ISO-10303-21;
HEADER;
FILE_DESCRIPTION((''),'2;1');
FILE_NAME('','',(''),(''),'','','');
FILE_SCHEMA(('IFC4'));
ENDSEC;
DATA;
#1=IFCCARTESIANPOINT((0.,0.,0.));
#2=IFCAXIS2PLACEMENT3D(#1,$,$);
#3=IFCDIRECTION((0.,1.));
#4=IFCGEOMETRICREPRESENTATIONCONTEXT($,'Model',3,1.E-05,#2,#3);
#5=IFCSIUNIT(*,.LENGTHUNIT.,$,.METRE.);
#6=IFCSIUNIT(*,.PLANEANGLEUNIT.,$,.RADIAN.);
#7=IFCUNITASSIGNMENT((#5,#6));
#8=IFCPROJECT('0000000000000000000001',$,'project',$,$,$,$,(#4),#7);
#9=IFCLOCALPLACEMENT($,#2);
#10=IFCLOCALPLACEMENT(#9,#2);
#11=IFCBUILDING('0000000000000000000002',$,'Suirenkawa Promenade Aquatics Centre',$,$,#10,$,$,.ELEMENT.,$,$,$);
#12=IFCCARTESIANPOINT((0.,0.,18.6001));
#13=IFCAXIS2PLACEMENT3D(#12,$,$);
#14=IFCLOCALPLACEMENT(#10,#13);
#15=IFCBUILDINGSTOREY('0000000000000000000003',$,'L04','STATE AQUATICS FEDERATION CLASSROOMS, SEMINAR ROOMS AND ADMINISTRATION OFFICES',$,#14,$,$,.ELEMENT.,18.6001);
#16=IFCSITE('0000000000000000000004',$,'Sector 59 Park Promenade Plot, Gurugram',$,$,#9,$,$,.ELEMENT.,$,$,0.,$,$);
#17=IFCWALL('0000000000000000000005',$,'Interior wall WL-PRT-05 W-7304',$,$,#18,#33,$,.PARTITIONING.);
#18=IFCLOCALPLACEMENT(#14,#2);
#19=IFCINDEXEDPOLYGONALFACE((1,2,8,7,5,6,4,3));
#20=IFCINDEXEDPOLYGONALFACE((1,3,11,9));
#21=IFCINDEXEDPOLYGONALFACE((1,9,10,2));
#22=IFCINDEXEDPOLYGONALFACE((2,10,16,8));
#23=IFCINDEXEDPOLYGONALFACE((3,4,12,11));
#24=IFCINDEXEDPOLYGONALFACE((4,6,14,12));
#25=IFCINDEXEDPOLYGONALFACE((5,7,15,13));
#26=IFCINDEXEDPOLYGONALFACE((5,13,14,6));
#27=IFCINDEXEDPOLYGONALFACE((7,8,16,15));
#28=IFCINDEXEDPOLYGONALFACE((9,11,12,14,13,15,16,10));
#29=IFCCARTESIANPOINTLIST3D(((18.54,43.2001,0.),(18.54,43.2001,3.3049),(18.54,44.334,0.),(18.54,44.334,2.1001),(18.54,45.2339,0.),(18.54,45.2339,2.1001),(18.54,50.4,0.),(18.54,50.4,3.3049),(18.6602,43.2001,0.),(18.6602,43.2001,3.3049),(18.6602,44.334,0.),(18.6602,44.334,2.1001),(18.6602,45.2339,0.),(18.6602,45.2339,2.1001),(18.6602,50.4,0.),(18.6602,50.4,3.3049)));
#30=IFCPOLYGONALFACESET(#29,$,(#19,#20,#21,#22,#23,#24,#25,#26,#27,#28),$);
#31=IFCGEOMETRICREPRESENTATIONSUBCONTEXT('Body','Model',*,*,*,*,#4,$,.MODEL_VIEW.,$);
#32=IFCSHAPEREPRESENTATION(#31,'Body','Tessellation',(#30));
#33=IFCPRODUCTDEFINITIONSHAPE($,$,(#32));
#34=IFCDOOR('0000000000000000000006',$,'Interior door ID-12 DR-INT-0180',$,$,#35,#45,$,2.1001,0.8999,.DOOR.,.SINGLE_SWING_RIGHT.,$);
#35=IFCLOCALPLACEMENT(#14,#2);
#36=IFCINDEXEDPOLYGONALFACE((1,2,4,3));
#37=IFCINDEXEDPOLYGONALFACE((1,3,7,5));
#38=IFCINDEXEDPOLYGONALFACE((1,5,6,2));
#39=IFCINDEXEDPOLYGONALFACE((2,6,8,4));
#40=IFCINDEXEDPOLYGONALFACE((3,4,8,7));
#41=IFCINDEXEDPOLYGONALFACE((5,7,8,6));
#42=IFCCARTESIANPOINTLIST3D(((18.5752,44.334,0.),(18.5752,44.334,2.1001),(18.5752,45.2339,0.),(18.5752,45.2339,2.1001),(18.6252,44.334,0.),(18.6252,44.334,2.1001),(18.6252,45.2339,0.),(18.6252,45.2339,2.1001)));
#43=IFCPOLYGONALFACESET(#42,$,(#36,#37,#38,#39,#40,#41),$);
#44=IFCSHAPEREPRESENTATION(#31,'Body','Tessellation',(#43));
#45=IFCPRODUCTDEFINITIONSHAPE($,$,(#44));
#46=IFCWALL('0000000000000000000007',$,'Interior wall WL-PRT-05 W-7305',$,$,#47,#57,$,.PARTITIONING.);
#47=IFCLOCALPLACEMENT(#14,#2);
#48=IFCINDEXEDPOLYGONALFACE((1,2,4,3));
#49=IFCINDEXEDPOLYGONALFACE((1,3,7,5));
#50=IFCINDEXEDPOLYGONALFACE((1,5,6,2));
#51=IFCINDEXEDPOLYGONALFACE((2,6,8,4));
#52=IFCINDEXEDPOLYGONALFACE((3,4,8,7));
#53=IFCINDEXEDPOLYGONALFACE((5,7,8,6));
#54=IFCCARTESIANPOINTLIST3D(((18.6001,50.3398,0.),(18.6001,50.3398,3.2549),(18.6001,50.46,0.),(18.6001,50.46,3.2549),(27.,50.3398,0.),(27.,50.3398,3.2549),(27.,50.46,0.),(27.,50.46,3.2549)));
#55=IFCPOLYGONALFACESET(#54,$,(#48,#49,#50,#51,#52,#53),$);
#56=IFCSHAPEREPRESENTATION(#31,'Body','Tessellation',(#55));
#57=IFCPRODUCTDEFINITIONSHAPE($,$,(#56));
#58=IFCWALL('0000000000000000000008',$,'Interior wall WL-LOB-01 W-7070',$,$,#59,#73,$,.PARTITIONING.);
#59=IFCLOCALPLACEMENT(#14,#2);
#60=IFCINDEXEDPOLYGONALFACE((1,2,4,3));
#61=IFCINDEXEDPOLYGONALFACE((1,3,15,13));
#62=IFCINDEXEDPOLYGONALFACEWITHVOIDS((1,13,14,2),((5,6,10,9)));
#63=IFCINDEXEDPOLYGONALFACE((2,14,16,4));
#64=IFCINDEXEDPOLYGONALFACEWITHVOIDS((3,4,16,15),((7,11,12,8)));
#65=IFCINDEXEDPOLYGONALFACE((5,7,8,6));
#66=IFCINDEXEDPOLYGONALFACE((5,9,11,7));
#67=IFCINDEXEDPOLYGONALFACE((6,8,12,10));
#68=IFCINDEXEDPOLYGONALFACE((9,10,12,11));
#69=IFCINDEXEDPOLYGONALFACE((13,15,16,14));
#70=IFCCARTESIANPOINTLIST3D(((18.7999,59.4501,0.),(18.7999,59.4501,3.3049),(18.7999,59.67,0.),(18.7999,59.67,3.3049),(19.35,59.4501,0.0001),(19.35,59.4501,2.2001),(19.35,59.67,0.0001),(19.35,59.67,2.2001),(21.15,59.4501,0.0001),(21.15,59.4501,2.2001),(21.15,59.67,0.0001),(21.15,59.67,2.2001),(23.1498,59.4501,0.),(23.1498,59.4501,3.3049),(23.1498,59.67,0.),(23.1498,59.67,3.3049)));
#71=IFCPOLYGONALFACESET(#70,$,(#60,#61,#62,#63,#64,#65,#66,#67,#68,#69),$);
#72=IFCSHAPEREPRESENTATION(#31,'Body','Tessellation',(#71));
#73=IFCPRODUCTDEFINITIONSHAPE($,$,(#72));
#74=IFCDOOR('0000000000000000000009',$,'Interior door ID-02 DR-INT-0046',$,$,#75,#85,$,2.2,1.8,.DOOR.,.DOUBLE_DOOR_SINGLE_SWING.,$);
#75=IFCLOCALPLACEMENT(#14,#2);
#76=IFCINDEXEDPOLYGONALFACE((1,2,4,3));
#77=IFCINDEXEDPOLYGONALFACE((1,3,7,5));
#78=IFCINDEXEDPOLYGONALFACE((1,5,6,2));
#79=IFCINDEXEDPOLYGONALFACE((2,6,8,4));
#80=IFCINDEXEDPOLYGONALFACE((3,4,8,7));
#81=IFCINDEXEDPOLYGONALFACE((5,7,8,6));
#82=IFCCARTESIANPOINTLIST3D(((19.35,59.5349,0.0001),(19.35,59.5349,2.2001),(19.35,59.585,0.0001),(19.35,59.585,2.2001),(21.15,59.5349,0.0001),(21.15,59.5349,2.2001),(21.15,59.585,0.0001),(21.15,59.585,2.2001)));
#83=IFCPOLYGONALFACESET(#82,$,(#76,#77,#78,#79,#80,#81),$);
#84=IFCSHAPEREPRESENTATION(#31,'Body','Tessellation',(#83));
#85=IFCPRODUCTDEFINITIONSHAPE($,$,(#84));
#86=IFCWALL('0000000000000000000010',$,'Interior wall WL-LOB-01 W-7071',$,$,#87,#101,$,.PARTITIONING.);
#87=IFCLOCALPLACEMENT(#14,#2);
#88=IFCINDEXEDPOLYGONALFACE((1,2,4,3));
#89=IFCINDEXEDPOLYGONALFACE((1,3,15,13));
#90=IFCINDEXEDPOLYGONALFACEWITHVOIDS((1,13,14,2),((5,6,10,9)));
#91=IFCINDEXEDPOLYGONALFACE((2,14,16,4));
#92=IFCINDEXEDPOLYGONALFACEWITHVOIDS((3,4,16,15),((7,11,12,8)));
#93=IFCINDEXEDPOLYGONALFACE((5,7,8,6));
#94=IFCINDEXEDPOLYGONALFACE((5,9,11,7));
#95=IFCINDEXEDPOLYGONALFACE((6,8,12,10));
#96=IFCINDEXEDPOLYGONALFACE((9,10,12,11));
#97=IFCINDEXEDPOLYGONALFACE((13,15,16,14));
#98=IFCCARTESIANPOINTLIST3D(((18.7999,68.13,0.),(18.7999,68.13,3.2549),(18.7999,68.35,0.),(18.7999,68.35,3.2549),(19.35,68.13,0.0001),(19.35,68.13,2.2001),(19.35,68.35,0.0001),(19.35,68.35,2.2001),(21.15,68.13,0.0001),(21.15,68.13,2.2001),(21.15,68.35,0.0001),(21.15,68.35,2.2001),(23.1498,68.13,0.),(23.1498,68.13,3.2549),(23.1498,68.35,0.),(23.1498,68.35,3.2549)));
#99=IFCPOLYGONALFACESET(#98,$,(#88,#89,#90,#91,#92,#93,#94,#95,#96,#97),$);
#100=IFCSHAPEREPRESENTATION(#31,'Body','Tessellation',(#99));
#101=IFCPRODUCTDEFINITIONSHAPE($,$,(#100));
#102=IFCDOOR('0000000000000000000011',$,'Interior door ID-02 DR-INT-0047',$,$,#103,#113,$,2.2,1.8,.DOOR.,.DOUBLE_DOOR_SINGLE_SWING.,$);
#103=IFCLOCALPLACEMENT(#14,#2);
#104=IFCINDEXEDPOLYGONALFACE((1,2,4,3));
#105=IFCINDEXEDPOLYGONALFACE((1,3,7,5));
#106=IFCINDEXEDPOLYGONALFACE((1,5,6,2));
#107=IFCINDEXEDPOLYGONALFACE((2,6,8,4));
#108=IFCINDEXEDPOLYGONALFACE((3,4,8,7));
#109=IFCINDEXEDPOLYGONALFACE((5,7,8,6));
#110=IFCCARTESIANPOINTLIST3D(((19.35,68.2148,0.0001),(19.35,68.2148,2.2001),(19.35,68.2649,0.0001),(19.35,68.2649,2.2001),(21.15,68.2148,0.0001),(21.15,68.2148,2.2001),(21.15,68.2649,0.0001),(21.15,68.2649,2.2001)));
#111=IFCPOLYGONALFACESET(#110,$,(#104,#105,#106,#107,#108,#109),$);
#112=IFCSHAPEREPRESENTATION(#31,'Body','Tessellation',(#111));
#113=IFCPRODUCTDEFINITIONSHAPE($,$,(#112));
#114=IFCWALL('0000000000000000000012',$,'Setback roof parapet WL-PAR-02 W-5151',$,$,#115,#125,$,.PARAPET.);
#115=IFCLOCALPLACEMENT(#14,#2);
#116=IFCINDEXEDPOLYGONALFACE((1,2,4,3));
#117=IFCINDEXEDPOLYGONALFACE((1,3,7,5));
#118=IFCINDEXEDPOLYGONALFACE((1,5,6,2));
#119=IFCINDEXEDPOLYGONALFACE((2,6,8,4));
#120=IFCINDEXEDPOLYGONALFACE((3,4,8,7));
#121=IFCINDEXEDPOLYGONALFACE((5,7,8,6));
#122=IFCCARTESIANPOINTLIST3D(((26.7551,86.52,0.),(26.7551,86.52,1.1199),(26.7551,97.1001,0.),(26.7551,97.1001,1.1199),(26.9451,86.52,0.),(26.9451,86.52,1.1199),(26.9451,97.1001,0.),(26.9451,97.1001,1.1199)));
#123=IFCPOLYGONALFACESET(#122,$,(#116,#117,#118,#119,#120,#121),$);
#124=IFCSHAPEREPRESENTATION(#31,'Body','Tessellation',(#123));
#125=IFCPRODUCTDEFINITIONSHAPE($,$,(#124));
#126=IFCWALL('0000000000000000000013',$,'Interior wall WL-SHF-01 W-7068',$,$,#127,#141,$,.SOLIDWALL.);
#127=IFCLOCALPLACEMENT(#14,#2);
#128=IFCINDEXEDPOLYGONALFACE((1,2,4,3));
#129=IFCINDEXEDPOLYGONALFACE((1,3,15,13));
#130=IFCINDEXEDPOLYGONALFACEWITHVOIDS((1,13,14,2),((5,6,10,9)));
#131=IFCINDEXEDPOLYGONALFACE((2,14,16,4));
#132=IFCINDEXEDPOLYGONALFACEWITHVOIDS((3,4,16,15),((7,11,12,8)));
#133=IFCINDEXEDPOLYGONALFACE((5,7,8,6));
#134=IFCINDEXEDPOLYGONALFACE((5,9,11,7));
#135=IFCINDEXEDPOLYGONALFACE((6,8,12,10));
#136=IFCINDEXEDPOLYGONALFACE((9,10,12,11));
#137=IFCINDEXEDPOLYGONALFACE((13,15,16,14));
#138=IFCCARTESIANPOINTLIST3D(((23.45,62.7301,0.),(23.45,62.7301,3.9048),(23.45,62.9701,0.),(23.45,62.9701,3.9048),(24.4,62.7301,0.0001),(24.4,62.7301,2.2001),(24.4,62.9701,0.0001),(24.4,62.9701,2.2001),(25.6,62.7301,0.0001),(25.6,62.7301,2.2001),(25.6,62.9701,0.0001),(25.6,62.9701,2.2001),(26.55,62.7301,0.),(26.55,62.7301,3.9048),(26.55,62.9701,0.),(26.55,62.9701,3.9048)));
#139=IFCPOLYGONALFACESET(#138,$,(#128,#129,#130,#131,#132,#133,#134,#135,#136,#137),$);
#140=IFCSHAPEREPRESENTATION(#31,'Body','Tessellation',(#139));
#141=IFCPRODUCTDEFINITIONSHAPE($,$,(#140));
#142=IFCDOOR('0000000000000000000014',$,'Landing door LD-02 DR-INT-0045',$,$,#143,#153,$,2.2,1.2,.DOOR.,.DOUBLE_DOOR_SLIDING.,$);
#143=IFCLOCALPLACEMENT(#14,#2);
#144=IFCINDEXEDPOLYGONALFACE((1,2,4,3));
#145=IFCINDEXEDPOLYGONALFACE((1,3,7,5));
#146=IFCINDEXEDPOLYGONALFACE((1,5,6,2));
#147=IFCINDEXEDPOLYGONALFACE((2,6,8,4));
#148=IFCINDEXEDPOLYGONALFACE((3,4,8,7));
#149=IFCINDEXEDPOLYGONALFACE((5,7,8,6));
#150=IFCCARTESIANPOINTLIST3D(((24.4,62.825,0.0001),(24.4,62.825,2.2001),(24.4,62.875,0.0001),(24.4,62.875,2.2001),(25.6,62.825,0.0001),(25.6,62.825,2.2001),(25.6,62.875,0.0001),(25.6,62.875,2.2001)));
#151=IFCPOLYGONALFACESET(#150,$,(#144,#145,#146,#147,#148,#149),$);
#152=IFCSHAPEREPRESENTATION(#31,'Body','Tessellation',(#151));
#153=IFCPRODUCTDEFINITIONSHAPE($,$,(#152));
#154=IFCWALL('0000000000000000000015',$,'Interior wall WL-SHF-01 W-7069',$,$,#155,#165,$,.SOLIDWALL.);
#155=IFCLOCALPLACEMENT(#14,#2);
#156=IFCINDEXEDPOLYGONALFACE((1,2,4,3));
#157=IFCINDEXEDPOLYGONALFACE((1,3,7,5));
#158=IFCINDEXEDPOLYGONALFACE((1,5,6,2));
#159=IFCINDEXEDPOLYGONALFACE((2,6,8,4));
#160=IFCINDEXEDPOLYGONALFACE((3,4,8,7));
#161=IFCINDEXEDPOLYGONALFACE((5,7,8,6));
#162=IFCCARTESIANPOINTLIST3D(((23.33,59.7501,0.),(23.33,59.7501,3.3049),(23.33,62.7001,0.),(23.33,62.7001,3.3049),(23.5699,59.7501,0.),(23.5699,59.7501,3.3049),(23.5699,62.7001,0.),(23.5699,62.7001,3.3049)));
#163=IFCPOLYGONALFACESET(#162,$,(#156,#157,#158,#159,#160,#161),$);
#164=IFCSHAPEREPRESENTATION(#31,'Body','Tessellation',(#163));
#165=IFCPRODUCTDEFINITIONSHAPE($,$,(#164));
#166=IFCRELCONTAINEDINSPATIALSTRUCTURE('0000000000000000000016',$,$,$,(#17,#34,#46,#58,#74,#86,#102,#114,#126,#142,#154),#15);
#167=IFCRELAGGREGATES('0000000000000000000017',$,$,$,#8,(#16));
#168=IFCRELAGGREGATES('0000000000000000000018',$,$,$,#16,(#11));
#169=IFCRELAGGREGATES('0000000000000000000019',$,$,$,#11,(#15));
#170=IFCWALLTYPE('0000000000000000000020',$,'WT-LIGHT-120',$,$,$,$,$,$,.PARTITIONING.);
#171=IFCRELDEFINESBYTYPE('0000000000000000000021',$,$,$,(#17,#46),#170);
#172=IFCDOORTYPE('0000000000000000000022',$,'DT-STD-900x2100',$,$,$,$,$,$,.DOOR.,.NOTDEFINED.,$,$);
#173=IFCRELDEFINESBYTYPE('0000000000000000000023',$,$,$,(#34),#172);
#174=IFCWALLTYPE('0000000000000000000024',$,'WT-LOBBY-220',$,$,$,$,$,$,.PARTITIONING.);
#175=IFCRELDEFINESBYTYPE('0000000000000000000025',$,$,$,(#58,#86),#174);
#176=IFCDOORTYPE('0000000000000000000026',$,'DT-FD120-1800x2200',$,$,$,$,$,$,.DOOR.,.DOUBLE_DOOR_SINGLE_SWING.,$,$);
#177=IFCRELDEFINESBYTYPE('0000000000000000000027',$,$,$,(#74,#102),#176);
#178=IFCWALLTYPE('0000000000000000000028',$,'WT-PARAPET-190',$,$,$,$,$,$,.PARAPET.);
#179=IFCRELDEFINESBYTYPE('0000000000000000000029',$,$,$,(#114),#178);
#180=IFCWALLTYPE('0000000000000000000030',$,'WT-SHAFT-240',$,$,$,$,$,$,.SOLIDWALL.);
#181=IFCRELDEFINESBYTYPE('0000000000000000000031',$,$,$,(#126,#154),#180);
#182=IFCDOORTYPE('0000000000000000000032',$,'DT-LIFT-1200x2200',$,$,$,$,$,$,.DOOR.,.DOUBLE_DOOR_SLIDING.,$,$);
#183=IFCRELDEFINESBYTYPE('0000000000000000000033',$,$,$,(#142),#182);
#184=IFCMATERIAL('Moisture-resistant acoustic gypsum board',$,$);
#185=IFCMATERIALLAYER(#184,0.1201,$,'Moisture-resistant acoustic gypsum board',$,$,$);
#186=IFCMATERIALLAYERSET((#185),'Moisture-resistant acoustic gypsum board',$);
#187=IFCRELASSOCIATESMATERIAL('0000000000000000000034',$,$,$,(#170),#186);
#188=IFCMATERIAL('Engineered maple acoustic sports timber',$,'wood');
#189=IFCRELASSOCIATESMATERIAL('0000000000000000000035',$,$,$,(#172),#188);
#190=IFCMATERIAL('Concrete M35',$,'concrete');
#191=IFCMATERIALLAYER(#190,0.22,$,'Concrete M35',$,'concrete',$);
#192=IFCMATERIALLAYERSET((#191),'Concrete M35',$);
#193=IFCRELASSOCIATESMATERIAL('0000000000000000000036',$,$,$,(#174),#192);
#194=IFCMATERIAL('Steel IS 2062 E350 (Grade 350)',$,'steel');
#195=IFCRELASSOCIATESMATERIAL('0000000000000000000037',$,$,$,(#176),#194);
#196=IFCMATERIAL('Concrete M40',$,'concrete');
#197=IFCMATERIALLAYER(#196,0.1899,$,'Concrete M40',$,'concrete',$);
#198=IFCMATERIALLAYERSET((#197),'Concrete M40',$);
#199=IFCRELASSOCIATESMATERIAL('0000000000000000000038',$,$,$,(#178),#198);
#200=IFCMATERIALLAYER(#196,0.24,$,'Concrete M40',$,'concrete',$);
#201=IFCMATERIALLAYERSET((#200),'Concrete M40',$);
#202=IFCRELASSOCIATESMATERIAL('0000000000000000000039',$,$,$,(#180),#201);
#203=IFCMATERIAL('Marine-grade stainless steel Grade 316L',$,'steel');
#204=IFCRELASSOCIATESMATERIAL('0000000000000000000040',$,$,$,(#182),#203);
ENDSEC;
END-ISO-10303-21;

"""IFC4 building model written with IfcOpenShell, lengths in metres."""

from ifc_helpers import new_model, si_unit, direction, frame, frame_2d, origin, place, context, subcontext, project, spatial, rectangle, extrude, material, layer, layer_set, type_object, element, fill, save


model = new_model("IFC4")

# Units and contexts
model_context = context("Model", 3, precision=1e-05, world=origin(), true_north=direction((0.0, 1.0)))
body_context = subcontext(model_context, "Body", "Model", "MODEL_VIEW")
ifc_project = project(units=[si_unit("LENGTHUNIT", "METRE"), si_unit("PLANEANGLEUNIT", "RADIAN")], contexts=[model_context])

# Site, building, storey
site_placement = place(None, origin())
site = spatial("IfcSite", under=ifc_project, at=site_placement, Name="Sector 59 Park Promenade Plot, Gurugram", CompositionType="ELEMENT", RefElevation=0.0)
building_placement = place(site_placement, origin())
building = spatial("IfcBuilding", under=site, at=building_placement, Name="Suirenkawa Promenade Aquatics Centre", CompositionType="ELEMENT")
storey_placement = place(building_placement, frame((0.0, 0.0, 18.6001)))
storey = spatial("IfcBuildingStorey", under=building, at=storey_placement, Name="L04", Description="STATE AQUATICS FEDERATION CLASSROOMS, SEMINAR ROOMS AND ADMINISTRATION OFFICES", CompositionType="ELEMENT", Elevation=18.6001)

# Shared definitions
ifc_material_1 = material(Name="Concrete M40", Category="concrete")

# Shared definitions
ifc_material_2 = material(Name="Concrete M35", Category="concrete")

# Shared definitions
ifc_material_3 = material(Name="Engineered maple acoustic sports timber", Category="wood")

# Wall, opening, door
ifc_material_4 = material(Name="Moisture-resistant acoustic gypsum board")
ifc_layer_1 = layer(ifc_material_4, 0.1201, Name="Moisture-resistant acoustic gypsum board")
ifc_layer_set_1 = layer_set([ifc_layer_1], Name="Moisture-resistant acoustic gypsum board")
wall_type_1 = type_object("IfcWallType", Name="WT-LIGHT-120", PredefinedType="PARTITIONING", material=ifc_layer_set_1)
wall_1_placement = place(storey_placement, frame((18.6001, 43.2, 0.0), z_axis=(0.0, 0.0, 1.0), x_axis=(0.0, 1.0, 0.0)))
wall_1 = element("IfcWall", 1, at=wall_1_placement, inside=storey, type_object=wall_type_1, Name="Interior wall WL-PRT-05 W-7304", PredefinedType="PARTITIONING", context=body_context, shape_type="SweptSolid", body=[
    extrude(rectangle(XDim=7.2, YDim=0.1201, at=frame_2d((3.6001, 0.0))), origin(), (0.0, 0.0, 1.0), 3.3049),
])
opening_1_placement = place(wall_1_placement, frame((1.134, 0.0, 0.0)))
opening_1 = element("IfcOpeningElement", 2, at=opening_1_placement, cuts=wall_1, PredefinedType="OPENING", context=body_context, shape_type="SweptSolid", body=[
    extrude(rectangle(XDim=0.8999, YDim=2.1001, at=frame_2d((0.45, 1.05))), frame((0.0, 0.0701, 0.0), z_axis=(0.0, -1.0, 0.0), x_axis=(1.0, 0.0, 0.0)), (0.0, 0.0, 1.0), 0.1401),
])
door_type_1 = type_object("IfcDoorType", Name="DT-STD-900x2100", OperationType="NOTDEFINED", PredefinedType="DOOR", material=ifc_material_3)
door_1_placement = place(opening_1_placement, origin())
door_1 = element("IfcDoor", 3, at=door_1_placement, inside=storey, type_object=door_type_1, Name="Interior door ID-12 DR-INT-0180", OperationType="SINGLE_SWING_RIGHT", OverallHeight=2.1001, OverallWidth=0.8999, PredefinedType="DOOR", context=body_context, shape_type="SweptSolid", body=[
    extrude(rectangle(XDim=0.8999, YDim=2.1001, at=frame_2d((0.45, 1.05))), frame((0.0, 0.0249, 0.0), z_axis=(0.0, -1.0, 0.0), x_axis=(1.0, 0.0, 0.0)), (0.0, 0.0, 1.0), 0.05),
])
fill(opening_1, door_1)

# Wall
wall_2_placement = place(storey_placement, frame((18.6001, 50.3999, 0.0), z_axis=(0.0, 0.0, 1.0), x_axis=(1.0, 0.0, 0.0)))
element("IfcWall", 4, at=wall_2_placement, inside=storey, type_object=wall_type_1, Name="Interior wall WL-PRT-05 W-7305", PredefinedType="PARTITIONING", context=body_context, shape_type="SweptSolid", body=[
    extrude(rectangle(XDim=8.3999, YDim=0.1201, at=frame_2d((4.2, 0.0))), origin(), (0.0, 0.0, 1.0), 3.2549),
])

# Walls, openings, doors
ifc_layer_2 = layer(ifc_material_2, 0.22, Name="Concrete M35", Category="concrete")
ifc_layer_set_2 = layer_set([ifc_layer_2], Name="Concrete M35")
wall_type_2 = type_object("IfcWallType", Name="WT-LOBBY-220", PredefinedType="PARTITIONING", material=ifc_layer_set_2)
wall_3_placement = place(storey_placement, frame((18.8, 59.5601, 0.0), z_axis=(0.0, 0.0, 1.0), x_axis=(1.0, 0.0, 0.0)))
wall_3 = element("IfcWall", 5, at=wall_3_placement, inside=storey, type_object=wall_type_2, Name="Interior wall WL-LOB-01 W-7070", PredefinedType="PARTITIONING", context=body_context, shape_type="SweptSolid", body=[
    extrude(rectangle(XDim=4.3499, YDim=0.22, at=frame_2d((2.1748, 0.0))), origin(), (0.0, 0.0, 1.0), 3.3049),
])
opening_2_placement = place(wall_3_placement, frame((0.55, 0.0, 0.0)))
opening_2 = element("IfcOpeningElement", 6, at=opening_2_placement, cuts=wall_3, PredefinedType="OPENING", context=body_context, shape_type="SweptSolid", body=[
    extrude(rectangle(XDim=1.8, YDim=2.2, at=frame_2d((0.8999, 1.1001))), frame((0.0, 0.1199, 0.0), z_axis=(0.0, -1.0, 0.0), x_axis=(1.0, 0.0, 0.0)), (0.0, 0.0, 1.0), 0.24),
])
ifc_material_5 = material(Name="Steel IS 2062 E350 (Grade 350)", Category="steel")
door_type_2 = type_object("IfcDoorType", Name="DT-FD120-1800x2200", OperationType="DOUBLE_DOOR_SINGLE_SWING", PredefinedType="DOOR", material=ifc_material_5)
door_2_placement = place(opening_2_placement, origin())
door_2 = element("IfcDoor", 7, at=door_2_placement, inside=storey, type_object=door_type_2, Name="Interior door ID-02 DR-INT-0046", OperationType="DOUBLE_DOOR_SINGLE_SWING", OverallHeight=2.2, OverallWidth=1.8, PredefinedType="DOOR", context=body_context, shape_type="SweptSolid", body=[
    extrude(rectangle(XDim=1.8, YDim=2.2, at=frame_2d((0.8999, 1.1001))), frame((0.0, 0.0249, 0.0), z_axis=(0.0, -1.0, 0.0), x_axis=(1.0, 0.0, 0.0)), (0.0, 0.0, 1.0), 0.05),
])
fill(opening_2, door_2)
wall_4_placement = place(storey_placement, frame((18.8, 68.24, 0.0), z_axis=(0.0, 0.0, 1.0), x_axis=(1.0, 0.0, 0.0)))
wall_4 = element("IfcWall", 8, at=wall_4_placement, inside=storey, type_object=wall_type_2, Name="Interior wall WL-LOB-01 W-7071", PredefinedType="PARTITIONING", context=body_context, shape_type="SweptSolid", body=[
    extrude(rectangle(XDim=4.3499, YDim=0.22, at=frame_2d((2.1748, 0.0))), origin(), (0.0, 0.0, 1.0), 3.2549),
])
opening_3_placement = place(wall_4_placement, frame((0.55, 0.0, 0.0)))
opening_3 = element("IfcOpeningElement", 9, at=opening_3_placement, cuts=wall_4, PredefinedType="OPENING", context=body_context, shape_type="SweptSolid", body=[
    extrude(rectangle(XDim=1.8, YDim=2.2, at=frame_2d((0.8999, 1.1001))), frame((0.0, 0.1199, 0.0), z_axis=(0.0, -1.0, 0.0), x_axis=(1.0, 0.0, 0.0)), (0.0, 0.0, 1.0), 0.24),
])
door_3_placement = place(opening_3_placement, origin())
door_3 = element("IfcDoor", 10, at=door_3_placement, inside=storey, type_object=door_type_2, Name="Interior door ID-02 DR-INT-0047", OperationType="DOUBLE_DOOR_SINGLE_SWING", OverallHeight=2.2, OverallWidth=1.8, PredefinedType="DOOR", context=body_context, shape_type="SweptSolid", body=[
    extrude(rectangle(XDim=1.8, YDim=2.2, at=frame_2d((0.8999, 1.1001))), frame((0.0, 0.0249, 0.0), z_axis=(0.0, -1.0, 0.0), x_axis=(1.0, 0.0, 0.0)), (0.0, 0.0, 1.0), 0.05),
])
fill(opening_3, door_3)

# Wall
ifc_layer_3 = layer(ifc_material_1, 0.1899, Name="Concrete M40", Category="concrete")
ifc_layer_set_3 = layer_set([ifc_layer_3], Name="Concrete M40")
wall_type_3 = type_object("IfcWallType", Name="WT-PARAPET-190", PredefinedType="PARAPET", material=ifc_layer_set_3)
wall_5_placement = place(storey_placement, frame((26.8501, 86.52, 0.0), z_axis=(0.0, 0.0, 1.0), x_axis=(0.0, 1.0, 0.0)))
element("IfcWall", 11, at=wall_5_placement, inside=storey, type_object=wall_type_3, Name="Setback roof parapet WL-PAR-02 W-5151", PredefinedType="PARAPET", context=body_context, shape_type="SweptSolid", body=[
    extrude(rectangle(XDim=10.5801, YDim=0.1899, at=frame_2d((5.29, 0.0))), origin(), (0.0, 0.0, 1.0), 1.1199),
])

# Wall, opening, door
ifc_layer_4 = layer(ifc_material_1, 0.24, Name="Concrete M40", Category="concrete")
ifc_layer_set_4 = layer_set([ifc_layer_4], Name="Concrete M40")
wall_type_4 = type_object("IfcWallType", Name="WT-SHAFT-240", PredefinedType="SOLIDWALL", material=ifc_layer_set_4)
wall_6_placement = place(storey_placement, frame((23.45, 62.8501, 0.0), z_axis=(0.0, 0.0, 1.0), x_axis=(1.0, 0.0, 0.0)))
wall_6 = element("IfcWall", 12, at=wall_6_placement, inside=storey, type_object=wall_type_4, Name="Interior wall WL-SHF-01 W-7068", PredefinedType="SOLIDWALL", context=body_context, shape_type="SweptSolid", body=[
    extrude(rectangle(XDim=3.1001, YDim=0.24, at=frame_2d((1.55, 0.0))), origin(), (0.0, 0.0, 1.0), 3.9048),
])
opening_4_placement = place(wall_6_placement, frame((0.95, 0.0, 0.0)))
opening_4 = element("IfcOpeningElement", 13, at=opening_4_placement, cuts=wall_6, PredefinedType="OPENING", context=body_context, shape_type="SweptSolid", body=[
    extrude(rectangle(XDim=1.2, YDim=2.2, at=frame_2d((0.6001, 1.1001))), frame((0.0, 0.1299, 0.0), z_axis=(0.0, -1.0, 0.0), x_axis=(1.0, 0.0, 0.0)), (0.0, 0.0, 1.0), 0.26),
])
ifc_material_6 = material(Name="Marine-grade stainless steel Grade 316L", Category="steel")
door_type_3 = type_object("IfcDoorType", Name="DT-LIFT-1200x2200", OperationType="DOUBLE_DOOR_SLIDING", PredefinedType="DOOR", material=ifc_material_6)
door_4_placement = place(opening_4_placement, origin())
door_4 = element("IfcDoor", 14, at=door_4_placement, inside=storey, type_object=door_type_3, Name="Landing door LD-02 DR-INT-0045", OperationType="DOUBLE_DOOR_SLIDING", OverallHeight=2.2, OverallWidth=1.2, PredefinedType="DOOR", context=body_context, shape_type="SweptSolid", body=[
    extrude(rectangle(XDim=1.2, YDim=2.2, at=frame_2d((0.6001, 1.1001))), frame((0.0, 0.0249, 0.0), z_axis=(0.0, -1.0, 0.0), x_axis=(1.0, 0.0, 0.0)), (0.0, 0.0, 1.0), 0.05),
])
fill(opening_4, door_4)

# Wall
wall_7_placement = place(storey_placement, frame((23.45, 59.75, 0.0), z_axis=(0.0, 0.0, 1.0), x_axis=(0.0, 1.0, 0.0)))
element("IfcWall", 15, at=wall_7_placement, inside=storey, type_object=wall_type_4, Name="Interior wall WL-SHF-01 W-7069", PredefinedType="SOLIDWALL", context=body_context, shape_type="SweptSolid", body=[
    extrude(rectangle(XDim=2.95, YDim=0.24, at=frame_2d((1.4751, 0.0))), origin(), (0.0, 0.0, 1.0), 3.3049),
])

save(model, "model.ifc")
